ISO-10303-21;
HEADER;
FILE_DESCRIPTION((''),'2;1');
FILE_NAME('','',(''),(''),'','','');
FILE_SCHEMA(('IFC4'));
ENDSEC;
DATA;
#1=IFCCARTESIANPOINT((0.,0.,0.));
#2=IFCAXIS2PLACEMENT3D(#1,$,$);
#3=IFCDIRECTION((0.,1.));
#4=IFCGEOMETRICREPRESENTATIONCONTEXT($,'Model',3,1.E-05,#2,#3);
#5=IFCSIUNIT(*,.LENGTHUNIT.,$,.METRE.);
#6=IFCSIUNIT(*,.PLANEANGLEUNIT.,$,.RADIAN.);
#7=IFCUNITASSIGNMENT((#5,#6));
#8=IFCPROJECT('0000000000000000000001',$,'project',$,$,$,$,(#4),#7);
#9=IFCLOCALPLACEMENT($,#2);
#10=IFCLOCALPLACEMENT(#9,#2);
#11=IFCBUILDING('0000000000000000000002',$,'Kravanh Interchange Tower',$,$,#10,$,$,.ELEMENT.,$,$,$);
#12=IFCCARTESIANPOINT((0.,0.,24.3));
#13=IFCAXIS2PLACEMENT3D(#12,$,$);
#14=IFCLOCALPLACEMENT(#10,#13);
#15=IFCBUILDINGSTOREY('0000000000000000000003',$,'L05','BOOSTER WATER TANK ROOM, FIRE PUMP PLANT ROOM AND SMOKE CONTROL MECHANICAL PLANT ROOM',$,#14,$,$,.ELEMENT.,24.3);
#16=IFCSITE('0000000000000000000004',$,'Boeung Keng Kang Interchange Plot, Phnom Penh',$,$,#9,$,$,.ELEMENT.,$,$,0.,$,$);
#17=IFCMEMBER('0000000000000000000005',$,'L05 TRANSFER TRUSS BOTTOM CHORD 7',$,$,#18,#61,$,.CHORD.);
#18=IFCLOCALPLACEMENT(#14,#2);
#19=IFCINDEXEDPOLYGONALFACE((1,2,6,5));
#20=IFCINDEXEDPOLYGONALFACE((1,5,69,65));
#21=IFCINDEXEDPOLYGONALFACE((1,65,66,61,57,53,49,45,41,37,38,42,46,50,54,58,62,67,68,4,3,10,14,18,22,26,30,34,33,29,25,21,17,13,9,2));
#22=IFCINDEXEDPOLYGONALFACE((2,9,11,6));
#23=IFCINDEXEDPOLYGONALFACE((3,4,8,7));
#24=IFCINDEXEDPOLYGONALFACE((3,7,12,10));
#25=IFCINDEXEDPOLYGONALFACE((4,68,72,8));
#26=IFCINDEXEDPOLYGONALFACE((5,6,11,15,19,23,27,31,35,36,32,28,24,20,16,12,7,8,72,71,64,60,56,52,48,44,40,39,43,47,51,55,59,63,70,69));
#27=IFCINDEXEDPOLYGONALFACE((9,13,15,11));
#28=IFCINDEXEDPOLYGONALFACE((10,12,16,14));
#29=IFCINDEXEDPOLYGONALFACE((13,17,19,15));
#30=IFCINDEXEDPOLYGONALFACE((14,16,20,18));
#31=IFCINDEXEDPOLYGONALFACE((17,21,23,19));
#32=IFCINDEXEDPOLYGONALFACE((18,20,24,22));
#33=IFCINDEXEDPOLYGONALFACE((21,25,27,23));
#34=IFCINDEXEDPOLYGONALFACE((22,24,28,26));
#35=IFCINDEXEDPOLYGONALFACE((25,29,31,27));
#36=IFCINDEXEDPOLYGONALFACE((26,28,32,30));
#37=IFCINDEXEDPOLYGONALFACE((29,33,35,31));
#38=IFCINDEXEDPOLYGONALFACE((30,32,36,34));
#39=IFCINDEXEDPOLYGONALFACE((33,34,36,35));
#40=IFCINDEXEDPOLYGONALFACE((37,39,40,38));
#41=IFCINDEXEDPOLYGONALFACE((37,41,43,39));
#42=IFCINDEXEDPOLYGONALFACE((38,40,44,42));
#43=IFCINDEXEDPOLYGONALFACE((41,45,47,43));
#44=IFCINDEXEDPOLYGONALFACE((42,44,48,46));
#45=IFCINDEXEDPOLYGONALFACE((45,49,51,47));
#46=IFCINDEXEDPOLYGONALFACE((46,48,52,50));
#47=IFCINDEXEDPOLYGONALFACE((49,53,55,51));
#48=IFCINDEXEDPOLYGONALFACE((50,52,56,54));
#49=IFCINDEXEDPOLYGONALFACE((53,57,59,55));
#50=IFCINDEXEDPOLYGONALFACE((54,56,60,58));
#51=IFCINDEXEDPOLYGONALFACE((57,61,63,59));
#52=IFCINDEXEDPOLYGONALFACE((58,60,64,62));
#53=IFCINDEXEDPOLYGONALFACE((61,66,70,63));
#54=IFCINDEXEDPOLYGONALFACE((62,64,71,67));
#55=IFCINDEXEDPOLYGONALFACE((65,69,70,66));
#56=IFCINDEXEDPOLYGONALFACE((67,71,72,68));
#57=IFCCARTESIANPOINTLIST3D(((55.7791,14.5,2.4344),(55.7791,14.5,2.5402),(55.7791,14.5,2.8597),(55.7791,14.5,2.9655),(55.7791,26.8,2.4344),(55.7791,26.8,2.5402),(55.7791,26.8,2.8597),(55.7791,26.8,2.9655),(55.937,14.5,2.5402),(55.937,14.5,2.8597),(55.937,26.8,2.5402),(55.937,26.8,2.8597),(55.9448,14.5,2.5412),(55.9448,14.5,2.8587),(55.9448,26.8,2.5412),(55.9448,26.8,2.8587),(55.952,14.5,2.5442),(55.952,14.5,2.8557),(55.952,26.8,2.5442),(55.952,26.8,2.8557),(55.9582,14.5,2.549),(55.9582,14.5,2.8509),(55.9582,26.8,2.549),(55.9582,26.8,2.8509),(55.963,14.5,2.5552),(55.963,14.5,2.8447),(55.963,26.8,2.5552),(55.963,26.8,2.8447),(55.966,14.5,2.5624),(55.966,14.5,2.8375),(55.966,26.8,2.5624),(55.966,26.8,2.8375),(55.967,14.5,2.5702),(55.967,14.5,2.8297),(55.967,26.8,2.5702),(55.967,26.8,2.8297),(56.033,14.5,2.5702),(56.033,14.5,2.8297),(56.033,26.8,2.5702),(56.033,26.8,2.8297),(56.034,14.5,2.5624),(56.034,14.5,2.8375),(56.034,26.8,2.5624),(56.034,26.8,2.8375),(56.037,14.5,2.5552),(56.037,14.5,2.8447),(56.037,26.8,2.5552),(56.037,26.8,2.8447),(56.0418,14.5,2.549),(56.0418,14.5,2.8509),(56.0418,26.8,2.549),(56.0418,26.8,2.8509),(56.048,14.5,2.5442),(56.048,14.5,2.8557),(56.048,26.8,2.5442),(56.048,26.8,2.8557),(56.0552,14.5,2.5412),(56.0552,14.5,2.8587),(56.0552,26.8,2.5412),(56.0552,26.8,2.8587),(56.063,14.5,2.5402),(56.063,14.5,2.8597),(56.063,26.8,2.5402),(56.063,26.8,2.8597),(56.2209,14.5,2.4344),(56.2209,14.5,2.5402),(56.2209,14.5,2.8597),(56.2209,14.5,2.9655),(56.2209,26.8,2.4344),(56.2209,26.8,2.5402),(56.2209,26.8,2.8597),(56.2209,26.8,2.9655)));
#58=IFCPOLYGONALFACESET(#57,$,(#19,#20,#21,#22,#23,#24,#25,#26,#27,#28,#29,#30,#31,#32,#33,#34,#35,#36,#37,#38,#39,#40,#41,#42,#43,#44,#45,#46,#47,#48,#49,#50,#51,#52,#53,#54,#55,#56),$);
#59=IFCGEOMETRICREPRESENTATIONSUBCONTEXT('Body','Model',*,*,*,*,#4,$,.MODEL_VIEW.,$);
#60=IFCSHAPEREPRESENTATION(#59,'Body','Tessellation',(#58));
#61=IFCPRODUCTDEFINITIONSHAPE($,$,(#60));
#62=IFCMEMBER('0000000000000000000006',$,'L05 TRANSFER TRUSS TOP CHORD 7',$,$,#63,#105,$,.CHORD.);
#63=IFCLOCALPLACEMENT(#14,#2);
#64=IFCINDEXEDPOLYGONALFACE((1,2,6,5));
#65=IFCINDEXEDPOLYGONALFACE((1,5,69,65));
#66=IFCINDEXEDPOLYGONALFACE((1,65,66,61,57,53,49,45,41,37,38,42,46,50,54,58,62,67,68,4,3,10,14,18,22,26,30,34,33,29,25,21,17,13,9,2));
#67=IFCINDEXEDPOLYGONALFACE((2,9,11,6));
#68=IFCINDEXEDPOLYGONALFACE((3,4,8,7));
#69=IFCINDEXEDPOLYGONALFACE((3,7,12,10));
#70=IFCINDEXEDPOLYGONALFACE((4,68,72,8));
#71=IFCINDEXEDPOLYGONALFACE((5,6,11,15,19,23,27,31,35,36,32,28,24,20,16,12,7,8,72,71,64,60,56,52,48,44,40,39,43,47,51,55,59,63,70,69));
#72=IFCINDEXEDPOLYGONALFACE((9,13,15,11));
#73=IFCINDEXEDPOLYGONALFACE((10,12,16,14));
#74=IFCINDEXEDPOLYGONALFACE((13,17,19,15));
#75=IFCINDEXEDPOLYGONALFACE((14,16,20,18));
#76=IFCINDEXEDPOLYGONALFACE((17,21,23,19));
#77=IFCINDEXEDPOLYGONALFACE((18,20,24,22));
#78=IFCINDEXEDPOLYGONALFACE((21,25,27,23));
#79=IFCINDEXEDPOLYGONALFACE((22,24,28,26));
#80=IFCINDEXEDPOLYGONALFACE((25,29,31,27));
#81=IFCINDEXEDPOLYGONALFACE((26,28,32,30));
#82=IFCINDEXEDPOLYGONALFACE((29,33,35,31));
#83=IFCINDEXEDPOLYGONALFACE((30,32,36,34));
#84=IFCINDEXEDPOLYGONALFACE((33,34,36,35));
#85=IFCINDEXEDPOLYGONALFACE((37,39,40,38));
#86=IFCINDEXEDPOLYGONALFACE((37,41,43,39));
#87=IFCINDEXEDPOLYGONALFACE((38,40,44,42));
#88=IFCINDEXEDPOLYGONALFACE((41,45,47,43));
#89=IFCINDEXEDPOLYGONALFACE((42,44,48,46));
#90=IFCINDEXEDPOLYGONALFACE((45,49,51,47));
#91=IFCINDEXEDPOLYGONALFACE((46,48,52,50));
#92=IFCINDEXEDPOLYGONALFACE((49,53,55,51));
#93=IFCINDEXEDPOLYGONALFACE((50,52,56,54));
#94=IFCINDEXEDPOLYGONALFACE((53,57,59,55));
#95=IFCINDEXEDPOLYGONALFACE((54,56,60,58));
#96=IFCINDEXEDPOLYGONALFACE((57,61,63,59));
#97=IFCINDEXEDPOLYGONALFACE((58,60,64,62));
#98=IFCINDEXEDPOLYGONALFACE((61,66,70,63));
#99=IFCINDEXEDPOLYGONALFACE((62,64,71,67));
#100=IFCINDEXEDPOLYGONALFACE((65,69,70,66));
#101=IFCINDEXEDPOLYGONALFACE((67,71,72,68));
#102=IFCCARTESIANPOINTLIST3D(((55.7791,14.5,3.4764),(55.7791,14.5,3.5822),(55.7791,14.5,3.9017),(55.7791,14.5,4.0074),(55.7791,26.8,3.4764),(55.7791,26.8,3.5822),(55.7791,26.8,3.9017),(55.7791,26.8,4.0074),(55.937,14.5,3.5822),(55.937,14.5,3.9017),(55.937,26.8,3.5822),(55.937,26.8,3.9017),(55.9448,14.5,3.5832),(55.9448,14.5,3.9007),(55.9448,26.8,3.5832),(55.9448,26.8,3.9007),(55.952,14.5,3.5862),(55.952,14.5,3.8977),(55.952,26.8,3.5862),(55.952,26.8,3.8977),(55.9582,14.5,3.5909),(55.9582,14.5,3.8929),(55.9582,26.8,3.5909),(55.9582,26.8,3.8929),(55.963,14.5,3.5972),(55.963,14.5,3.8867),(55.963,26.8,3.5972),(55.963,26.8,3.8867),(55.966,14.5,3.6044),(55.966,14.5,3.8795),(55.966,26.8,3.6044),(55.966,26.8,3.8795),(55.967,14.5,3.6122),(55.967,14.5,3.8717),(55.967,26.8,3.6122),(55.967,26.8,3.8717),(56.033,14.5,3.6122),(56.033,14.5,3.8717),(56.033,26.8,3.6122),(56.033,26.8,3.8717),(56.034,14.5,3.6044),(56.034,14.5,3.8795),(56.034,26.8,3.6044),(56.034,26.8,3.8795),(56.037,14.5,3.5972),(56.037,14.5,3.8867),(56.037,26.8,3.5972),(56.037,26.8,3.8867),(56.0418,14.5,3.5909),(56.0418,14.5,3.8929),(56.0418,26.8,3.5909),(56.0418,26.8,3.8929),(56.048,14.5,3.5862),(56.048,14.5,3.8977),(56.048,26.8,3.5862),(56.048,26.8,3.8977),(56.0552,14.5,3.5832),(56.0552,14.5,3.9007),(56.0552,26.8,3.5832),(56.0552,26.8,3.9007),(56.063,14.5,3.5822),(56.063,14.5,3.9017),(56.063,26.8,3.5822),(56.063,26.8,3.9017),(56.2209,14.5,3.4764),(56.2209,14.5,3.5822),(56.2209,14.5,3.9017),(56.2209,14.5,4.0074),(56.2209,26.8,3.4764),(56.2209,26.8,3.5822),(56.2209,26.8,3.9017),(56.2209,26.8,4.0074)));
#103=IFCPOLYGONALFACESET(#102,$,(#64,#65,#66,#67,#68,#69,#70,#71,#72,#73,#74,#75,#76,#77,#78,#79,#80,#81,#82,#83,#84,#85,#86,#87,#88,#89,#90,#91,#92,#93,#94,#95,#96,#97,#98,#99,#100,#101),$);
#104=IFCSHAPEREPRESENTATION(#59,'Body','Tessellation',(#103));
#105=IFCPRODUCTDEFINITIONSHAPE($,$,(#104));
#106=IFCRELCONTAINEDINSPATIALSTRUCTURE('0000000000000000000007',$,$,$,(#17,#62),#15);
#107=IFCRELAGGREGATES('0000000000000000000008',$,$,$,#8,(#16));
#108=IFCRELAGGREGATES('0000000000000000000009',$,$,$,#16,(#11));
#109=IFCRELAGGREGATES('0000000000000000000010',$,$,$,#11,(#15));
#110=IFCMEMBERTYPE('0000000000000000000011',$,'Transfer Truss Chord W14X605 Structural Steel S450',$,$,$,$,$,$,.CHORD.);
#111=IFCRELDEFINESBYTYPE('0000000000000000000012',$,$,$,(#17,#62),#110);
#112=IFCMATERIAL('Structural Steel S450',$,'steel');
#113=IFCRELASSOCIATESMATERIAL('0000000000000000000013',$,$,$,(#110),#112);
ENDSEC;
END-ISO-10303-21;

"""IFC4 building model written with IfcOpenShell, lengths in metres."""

from ifc_helpers import new_model, si_unit, direction, frame, origin, origin_2d, place, context, subcontext, project, spatial, i_section, extrude, material, material_profile, profile_set, type_object, element, save


model = new_model("IFC4")

# Units and contexts
model_context = context("Model", 3, precision=1e-05, world=origin(), true_north=direction((0.0, 1.0)))
body_context = subcontext(model_context, "Body", "Model", "MODEL_VIEW")
ifc_project = project(units=[si_unit("LENGTHUNIT", "METRE"), si_unit("PLANEANGLEUNIT", "RADIAN")], contexts=[model_context])

# Site, building, storey
site_placement = place(None, origin())
site = spatial("IfcSite", under=ifc_project, at=site_placement, Name="Boeung Keng Kang Interchange Plot, Phnom Penh", CompositionType="ELEMENT", RefElevation=0.0)
building_placement = place(site_placement, origin())
building = spatial("IfcBuilding", under=site, at=building_placement, Name="Kravanh Interchange Tower", CompositionType="ELEMENT")
storey_placement = place(building_placement, frame((0.0, 0.0, 24.3)))
storey = spatial("IfcBuildingStorey", under=building, at=storey_placement, Name="L05", Description="BOOSTER WATER TANK ROOM, FIRE PUMP PLANT ROOM AND SMOKE CONTROL MECHANICAL PLANT ROOM", CompositionType="ELEMENT", Elevation=24.3)

# Members
ifc_material_1 = material(Name="Structural Steel S450", Category="steel")
ifc_material_profile_1 = material_profile(ifc_material_1, i_section(OverallWidth=0.4419, OverallDepth=0.531, WebThickness=0.0659, FlangeThickness=0.1057, FilletRadius=0.03, at=origin_2d()), Name="W14X605")
ifc_profile_set_1 = profile_set([ifc_material_profile_1], Name="Structural Steel S450")
member_type = type_object("IfcMemberType", Name="Transfer Truss Chord W14X605 Structural Steel S450", PredefinedType="CHORD", material=ifc_profile_set_1)
for number, where, z_axis, x_axis, name in (
    (1, (56.0, 14.5, 2.7), (0.0, 1.0, 0.0), (-1.0, 0.0, 0.0), "L05 TRANSFER TRUSS BOTTOM CHORD 7"),
    (2, (56.0, 14.5, 3.7419), (0.0, 1.0, 0.0), (-1.0, 0.0, 0.0), "L05 TRANSFER TRUSS TOP CHORD 7"),
):
    element("IfcMember", number, at=place(storey_placement, frame(where, z_axis=z_axis, x_axis=x_axis)), inside=storey, type_object=member_type, Name=name, PredefinedType="CHORD", context=body_context, shape_type="SweptSolid", body=[
        extrude(i_section(OverallWidth=0.4419, OverallDepth=0.531, WebThickness=0.0659, FlangeThickness=0.1057, FilletRadius=0.03, at=origin_2d()), origin(), (0.0, 0.0, 1.0), 12.3),
    ])

save(model, "model.ifc")
